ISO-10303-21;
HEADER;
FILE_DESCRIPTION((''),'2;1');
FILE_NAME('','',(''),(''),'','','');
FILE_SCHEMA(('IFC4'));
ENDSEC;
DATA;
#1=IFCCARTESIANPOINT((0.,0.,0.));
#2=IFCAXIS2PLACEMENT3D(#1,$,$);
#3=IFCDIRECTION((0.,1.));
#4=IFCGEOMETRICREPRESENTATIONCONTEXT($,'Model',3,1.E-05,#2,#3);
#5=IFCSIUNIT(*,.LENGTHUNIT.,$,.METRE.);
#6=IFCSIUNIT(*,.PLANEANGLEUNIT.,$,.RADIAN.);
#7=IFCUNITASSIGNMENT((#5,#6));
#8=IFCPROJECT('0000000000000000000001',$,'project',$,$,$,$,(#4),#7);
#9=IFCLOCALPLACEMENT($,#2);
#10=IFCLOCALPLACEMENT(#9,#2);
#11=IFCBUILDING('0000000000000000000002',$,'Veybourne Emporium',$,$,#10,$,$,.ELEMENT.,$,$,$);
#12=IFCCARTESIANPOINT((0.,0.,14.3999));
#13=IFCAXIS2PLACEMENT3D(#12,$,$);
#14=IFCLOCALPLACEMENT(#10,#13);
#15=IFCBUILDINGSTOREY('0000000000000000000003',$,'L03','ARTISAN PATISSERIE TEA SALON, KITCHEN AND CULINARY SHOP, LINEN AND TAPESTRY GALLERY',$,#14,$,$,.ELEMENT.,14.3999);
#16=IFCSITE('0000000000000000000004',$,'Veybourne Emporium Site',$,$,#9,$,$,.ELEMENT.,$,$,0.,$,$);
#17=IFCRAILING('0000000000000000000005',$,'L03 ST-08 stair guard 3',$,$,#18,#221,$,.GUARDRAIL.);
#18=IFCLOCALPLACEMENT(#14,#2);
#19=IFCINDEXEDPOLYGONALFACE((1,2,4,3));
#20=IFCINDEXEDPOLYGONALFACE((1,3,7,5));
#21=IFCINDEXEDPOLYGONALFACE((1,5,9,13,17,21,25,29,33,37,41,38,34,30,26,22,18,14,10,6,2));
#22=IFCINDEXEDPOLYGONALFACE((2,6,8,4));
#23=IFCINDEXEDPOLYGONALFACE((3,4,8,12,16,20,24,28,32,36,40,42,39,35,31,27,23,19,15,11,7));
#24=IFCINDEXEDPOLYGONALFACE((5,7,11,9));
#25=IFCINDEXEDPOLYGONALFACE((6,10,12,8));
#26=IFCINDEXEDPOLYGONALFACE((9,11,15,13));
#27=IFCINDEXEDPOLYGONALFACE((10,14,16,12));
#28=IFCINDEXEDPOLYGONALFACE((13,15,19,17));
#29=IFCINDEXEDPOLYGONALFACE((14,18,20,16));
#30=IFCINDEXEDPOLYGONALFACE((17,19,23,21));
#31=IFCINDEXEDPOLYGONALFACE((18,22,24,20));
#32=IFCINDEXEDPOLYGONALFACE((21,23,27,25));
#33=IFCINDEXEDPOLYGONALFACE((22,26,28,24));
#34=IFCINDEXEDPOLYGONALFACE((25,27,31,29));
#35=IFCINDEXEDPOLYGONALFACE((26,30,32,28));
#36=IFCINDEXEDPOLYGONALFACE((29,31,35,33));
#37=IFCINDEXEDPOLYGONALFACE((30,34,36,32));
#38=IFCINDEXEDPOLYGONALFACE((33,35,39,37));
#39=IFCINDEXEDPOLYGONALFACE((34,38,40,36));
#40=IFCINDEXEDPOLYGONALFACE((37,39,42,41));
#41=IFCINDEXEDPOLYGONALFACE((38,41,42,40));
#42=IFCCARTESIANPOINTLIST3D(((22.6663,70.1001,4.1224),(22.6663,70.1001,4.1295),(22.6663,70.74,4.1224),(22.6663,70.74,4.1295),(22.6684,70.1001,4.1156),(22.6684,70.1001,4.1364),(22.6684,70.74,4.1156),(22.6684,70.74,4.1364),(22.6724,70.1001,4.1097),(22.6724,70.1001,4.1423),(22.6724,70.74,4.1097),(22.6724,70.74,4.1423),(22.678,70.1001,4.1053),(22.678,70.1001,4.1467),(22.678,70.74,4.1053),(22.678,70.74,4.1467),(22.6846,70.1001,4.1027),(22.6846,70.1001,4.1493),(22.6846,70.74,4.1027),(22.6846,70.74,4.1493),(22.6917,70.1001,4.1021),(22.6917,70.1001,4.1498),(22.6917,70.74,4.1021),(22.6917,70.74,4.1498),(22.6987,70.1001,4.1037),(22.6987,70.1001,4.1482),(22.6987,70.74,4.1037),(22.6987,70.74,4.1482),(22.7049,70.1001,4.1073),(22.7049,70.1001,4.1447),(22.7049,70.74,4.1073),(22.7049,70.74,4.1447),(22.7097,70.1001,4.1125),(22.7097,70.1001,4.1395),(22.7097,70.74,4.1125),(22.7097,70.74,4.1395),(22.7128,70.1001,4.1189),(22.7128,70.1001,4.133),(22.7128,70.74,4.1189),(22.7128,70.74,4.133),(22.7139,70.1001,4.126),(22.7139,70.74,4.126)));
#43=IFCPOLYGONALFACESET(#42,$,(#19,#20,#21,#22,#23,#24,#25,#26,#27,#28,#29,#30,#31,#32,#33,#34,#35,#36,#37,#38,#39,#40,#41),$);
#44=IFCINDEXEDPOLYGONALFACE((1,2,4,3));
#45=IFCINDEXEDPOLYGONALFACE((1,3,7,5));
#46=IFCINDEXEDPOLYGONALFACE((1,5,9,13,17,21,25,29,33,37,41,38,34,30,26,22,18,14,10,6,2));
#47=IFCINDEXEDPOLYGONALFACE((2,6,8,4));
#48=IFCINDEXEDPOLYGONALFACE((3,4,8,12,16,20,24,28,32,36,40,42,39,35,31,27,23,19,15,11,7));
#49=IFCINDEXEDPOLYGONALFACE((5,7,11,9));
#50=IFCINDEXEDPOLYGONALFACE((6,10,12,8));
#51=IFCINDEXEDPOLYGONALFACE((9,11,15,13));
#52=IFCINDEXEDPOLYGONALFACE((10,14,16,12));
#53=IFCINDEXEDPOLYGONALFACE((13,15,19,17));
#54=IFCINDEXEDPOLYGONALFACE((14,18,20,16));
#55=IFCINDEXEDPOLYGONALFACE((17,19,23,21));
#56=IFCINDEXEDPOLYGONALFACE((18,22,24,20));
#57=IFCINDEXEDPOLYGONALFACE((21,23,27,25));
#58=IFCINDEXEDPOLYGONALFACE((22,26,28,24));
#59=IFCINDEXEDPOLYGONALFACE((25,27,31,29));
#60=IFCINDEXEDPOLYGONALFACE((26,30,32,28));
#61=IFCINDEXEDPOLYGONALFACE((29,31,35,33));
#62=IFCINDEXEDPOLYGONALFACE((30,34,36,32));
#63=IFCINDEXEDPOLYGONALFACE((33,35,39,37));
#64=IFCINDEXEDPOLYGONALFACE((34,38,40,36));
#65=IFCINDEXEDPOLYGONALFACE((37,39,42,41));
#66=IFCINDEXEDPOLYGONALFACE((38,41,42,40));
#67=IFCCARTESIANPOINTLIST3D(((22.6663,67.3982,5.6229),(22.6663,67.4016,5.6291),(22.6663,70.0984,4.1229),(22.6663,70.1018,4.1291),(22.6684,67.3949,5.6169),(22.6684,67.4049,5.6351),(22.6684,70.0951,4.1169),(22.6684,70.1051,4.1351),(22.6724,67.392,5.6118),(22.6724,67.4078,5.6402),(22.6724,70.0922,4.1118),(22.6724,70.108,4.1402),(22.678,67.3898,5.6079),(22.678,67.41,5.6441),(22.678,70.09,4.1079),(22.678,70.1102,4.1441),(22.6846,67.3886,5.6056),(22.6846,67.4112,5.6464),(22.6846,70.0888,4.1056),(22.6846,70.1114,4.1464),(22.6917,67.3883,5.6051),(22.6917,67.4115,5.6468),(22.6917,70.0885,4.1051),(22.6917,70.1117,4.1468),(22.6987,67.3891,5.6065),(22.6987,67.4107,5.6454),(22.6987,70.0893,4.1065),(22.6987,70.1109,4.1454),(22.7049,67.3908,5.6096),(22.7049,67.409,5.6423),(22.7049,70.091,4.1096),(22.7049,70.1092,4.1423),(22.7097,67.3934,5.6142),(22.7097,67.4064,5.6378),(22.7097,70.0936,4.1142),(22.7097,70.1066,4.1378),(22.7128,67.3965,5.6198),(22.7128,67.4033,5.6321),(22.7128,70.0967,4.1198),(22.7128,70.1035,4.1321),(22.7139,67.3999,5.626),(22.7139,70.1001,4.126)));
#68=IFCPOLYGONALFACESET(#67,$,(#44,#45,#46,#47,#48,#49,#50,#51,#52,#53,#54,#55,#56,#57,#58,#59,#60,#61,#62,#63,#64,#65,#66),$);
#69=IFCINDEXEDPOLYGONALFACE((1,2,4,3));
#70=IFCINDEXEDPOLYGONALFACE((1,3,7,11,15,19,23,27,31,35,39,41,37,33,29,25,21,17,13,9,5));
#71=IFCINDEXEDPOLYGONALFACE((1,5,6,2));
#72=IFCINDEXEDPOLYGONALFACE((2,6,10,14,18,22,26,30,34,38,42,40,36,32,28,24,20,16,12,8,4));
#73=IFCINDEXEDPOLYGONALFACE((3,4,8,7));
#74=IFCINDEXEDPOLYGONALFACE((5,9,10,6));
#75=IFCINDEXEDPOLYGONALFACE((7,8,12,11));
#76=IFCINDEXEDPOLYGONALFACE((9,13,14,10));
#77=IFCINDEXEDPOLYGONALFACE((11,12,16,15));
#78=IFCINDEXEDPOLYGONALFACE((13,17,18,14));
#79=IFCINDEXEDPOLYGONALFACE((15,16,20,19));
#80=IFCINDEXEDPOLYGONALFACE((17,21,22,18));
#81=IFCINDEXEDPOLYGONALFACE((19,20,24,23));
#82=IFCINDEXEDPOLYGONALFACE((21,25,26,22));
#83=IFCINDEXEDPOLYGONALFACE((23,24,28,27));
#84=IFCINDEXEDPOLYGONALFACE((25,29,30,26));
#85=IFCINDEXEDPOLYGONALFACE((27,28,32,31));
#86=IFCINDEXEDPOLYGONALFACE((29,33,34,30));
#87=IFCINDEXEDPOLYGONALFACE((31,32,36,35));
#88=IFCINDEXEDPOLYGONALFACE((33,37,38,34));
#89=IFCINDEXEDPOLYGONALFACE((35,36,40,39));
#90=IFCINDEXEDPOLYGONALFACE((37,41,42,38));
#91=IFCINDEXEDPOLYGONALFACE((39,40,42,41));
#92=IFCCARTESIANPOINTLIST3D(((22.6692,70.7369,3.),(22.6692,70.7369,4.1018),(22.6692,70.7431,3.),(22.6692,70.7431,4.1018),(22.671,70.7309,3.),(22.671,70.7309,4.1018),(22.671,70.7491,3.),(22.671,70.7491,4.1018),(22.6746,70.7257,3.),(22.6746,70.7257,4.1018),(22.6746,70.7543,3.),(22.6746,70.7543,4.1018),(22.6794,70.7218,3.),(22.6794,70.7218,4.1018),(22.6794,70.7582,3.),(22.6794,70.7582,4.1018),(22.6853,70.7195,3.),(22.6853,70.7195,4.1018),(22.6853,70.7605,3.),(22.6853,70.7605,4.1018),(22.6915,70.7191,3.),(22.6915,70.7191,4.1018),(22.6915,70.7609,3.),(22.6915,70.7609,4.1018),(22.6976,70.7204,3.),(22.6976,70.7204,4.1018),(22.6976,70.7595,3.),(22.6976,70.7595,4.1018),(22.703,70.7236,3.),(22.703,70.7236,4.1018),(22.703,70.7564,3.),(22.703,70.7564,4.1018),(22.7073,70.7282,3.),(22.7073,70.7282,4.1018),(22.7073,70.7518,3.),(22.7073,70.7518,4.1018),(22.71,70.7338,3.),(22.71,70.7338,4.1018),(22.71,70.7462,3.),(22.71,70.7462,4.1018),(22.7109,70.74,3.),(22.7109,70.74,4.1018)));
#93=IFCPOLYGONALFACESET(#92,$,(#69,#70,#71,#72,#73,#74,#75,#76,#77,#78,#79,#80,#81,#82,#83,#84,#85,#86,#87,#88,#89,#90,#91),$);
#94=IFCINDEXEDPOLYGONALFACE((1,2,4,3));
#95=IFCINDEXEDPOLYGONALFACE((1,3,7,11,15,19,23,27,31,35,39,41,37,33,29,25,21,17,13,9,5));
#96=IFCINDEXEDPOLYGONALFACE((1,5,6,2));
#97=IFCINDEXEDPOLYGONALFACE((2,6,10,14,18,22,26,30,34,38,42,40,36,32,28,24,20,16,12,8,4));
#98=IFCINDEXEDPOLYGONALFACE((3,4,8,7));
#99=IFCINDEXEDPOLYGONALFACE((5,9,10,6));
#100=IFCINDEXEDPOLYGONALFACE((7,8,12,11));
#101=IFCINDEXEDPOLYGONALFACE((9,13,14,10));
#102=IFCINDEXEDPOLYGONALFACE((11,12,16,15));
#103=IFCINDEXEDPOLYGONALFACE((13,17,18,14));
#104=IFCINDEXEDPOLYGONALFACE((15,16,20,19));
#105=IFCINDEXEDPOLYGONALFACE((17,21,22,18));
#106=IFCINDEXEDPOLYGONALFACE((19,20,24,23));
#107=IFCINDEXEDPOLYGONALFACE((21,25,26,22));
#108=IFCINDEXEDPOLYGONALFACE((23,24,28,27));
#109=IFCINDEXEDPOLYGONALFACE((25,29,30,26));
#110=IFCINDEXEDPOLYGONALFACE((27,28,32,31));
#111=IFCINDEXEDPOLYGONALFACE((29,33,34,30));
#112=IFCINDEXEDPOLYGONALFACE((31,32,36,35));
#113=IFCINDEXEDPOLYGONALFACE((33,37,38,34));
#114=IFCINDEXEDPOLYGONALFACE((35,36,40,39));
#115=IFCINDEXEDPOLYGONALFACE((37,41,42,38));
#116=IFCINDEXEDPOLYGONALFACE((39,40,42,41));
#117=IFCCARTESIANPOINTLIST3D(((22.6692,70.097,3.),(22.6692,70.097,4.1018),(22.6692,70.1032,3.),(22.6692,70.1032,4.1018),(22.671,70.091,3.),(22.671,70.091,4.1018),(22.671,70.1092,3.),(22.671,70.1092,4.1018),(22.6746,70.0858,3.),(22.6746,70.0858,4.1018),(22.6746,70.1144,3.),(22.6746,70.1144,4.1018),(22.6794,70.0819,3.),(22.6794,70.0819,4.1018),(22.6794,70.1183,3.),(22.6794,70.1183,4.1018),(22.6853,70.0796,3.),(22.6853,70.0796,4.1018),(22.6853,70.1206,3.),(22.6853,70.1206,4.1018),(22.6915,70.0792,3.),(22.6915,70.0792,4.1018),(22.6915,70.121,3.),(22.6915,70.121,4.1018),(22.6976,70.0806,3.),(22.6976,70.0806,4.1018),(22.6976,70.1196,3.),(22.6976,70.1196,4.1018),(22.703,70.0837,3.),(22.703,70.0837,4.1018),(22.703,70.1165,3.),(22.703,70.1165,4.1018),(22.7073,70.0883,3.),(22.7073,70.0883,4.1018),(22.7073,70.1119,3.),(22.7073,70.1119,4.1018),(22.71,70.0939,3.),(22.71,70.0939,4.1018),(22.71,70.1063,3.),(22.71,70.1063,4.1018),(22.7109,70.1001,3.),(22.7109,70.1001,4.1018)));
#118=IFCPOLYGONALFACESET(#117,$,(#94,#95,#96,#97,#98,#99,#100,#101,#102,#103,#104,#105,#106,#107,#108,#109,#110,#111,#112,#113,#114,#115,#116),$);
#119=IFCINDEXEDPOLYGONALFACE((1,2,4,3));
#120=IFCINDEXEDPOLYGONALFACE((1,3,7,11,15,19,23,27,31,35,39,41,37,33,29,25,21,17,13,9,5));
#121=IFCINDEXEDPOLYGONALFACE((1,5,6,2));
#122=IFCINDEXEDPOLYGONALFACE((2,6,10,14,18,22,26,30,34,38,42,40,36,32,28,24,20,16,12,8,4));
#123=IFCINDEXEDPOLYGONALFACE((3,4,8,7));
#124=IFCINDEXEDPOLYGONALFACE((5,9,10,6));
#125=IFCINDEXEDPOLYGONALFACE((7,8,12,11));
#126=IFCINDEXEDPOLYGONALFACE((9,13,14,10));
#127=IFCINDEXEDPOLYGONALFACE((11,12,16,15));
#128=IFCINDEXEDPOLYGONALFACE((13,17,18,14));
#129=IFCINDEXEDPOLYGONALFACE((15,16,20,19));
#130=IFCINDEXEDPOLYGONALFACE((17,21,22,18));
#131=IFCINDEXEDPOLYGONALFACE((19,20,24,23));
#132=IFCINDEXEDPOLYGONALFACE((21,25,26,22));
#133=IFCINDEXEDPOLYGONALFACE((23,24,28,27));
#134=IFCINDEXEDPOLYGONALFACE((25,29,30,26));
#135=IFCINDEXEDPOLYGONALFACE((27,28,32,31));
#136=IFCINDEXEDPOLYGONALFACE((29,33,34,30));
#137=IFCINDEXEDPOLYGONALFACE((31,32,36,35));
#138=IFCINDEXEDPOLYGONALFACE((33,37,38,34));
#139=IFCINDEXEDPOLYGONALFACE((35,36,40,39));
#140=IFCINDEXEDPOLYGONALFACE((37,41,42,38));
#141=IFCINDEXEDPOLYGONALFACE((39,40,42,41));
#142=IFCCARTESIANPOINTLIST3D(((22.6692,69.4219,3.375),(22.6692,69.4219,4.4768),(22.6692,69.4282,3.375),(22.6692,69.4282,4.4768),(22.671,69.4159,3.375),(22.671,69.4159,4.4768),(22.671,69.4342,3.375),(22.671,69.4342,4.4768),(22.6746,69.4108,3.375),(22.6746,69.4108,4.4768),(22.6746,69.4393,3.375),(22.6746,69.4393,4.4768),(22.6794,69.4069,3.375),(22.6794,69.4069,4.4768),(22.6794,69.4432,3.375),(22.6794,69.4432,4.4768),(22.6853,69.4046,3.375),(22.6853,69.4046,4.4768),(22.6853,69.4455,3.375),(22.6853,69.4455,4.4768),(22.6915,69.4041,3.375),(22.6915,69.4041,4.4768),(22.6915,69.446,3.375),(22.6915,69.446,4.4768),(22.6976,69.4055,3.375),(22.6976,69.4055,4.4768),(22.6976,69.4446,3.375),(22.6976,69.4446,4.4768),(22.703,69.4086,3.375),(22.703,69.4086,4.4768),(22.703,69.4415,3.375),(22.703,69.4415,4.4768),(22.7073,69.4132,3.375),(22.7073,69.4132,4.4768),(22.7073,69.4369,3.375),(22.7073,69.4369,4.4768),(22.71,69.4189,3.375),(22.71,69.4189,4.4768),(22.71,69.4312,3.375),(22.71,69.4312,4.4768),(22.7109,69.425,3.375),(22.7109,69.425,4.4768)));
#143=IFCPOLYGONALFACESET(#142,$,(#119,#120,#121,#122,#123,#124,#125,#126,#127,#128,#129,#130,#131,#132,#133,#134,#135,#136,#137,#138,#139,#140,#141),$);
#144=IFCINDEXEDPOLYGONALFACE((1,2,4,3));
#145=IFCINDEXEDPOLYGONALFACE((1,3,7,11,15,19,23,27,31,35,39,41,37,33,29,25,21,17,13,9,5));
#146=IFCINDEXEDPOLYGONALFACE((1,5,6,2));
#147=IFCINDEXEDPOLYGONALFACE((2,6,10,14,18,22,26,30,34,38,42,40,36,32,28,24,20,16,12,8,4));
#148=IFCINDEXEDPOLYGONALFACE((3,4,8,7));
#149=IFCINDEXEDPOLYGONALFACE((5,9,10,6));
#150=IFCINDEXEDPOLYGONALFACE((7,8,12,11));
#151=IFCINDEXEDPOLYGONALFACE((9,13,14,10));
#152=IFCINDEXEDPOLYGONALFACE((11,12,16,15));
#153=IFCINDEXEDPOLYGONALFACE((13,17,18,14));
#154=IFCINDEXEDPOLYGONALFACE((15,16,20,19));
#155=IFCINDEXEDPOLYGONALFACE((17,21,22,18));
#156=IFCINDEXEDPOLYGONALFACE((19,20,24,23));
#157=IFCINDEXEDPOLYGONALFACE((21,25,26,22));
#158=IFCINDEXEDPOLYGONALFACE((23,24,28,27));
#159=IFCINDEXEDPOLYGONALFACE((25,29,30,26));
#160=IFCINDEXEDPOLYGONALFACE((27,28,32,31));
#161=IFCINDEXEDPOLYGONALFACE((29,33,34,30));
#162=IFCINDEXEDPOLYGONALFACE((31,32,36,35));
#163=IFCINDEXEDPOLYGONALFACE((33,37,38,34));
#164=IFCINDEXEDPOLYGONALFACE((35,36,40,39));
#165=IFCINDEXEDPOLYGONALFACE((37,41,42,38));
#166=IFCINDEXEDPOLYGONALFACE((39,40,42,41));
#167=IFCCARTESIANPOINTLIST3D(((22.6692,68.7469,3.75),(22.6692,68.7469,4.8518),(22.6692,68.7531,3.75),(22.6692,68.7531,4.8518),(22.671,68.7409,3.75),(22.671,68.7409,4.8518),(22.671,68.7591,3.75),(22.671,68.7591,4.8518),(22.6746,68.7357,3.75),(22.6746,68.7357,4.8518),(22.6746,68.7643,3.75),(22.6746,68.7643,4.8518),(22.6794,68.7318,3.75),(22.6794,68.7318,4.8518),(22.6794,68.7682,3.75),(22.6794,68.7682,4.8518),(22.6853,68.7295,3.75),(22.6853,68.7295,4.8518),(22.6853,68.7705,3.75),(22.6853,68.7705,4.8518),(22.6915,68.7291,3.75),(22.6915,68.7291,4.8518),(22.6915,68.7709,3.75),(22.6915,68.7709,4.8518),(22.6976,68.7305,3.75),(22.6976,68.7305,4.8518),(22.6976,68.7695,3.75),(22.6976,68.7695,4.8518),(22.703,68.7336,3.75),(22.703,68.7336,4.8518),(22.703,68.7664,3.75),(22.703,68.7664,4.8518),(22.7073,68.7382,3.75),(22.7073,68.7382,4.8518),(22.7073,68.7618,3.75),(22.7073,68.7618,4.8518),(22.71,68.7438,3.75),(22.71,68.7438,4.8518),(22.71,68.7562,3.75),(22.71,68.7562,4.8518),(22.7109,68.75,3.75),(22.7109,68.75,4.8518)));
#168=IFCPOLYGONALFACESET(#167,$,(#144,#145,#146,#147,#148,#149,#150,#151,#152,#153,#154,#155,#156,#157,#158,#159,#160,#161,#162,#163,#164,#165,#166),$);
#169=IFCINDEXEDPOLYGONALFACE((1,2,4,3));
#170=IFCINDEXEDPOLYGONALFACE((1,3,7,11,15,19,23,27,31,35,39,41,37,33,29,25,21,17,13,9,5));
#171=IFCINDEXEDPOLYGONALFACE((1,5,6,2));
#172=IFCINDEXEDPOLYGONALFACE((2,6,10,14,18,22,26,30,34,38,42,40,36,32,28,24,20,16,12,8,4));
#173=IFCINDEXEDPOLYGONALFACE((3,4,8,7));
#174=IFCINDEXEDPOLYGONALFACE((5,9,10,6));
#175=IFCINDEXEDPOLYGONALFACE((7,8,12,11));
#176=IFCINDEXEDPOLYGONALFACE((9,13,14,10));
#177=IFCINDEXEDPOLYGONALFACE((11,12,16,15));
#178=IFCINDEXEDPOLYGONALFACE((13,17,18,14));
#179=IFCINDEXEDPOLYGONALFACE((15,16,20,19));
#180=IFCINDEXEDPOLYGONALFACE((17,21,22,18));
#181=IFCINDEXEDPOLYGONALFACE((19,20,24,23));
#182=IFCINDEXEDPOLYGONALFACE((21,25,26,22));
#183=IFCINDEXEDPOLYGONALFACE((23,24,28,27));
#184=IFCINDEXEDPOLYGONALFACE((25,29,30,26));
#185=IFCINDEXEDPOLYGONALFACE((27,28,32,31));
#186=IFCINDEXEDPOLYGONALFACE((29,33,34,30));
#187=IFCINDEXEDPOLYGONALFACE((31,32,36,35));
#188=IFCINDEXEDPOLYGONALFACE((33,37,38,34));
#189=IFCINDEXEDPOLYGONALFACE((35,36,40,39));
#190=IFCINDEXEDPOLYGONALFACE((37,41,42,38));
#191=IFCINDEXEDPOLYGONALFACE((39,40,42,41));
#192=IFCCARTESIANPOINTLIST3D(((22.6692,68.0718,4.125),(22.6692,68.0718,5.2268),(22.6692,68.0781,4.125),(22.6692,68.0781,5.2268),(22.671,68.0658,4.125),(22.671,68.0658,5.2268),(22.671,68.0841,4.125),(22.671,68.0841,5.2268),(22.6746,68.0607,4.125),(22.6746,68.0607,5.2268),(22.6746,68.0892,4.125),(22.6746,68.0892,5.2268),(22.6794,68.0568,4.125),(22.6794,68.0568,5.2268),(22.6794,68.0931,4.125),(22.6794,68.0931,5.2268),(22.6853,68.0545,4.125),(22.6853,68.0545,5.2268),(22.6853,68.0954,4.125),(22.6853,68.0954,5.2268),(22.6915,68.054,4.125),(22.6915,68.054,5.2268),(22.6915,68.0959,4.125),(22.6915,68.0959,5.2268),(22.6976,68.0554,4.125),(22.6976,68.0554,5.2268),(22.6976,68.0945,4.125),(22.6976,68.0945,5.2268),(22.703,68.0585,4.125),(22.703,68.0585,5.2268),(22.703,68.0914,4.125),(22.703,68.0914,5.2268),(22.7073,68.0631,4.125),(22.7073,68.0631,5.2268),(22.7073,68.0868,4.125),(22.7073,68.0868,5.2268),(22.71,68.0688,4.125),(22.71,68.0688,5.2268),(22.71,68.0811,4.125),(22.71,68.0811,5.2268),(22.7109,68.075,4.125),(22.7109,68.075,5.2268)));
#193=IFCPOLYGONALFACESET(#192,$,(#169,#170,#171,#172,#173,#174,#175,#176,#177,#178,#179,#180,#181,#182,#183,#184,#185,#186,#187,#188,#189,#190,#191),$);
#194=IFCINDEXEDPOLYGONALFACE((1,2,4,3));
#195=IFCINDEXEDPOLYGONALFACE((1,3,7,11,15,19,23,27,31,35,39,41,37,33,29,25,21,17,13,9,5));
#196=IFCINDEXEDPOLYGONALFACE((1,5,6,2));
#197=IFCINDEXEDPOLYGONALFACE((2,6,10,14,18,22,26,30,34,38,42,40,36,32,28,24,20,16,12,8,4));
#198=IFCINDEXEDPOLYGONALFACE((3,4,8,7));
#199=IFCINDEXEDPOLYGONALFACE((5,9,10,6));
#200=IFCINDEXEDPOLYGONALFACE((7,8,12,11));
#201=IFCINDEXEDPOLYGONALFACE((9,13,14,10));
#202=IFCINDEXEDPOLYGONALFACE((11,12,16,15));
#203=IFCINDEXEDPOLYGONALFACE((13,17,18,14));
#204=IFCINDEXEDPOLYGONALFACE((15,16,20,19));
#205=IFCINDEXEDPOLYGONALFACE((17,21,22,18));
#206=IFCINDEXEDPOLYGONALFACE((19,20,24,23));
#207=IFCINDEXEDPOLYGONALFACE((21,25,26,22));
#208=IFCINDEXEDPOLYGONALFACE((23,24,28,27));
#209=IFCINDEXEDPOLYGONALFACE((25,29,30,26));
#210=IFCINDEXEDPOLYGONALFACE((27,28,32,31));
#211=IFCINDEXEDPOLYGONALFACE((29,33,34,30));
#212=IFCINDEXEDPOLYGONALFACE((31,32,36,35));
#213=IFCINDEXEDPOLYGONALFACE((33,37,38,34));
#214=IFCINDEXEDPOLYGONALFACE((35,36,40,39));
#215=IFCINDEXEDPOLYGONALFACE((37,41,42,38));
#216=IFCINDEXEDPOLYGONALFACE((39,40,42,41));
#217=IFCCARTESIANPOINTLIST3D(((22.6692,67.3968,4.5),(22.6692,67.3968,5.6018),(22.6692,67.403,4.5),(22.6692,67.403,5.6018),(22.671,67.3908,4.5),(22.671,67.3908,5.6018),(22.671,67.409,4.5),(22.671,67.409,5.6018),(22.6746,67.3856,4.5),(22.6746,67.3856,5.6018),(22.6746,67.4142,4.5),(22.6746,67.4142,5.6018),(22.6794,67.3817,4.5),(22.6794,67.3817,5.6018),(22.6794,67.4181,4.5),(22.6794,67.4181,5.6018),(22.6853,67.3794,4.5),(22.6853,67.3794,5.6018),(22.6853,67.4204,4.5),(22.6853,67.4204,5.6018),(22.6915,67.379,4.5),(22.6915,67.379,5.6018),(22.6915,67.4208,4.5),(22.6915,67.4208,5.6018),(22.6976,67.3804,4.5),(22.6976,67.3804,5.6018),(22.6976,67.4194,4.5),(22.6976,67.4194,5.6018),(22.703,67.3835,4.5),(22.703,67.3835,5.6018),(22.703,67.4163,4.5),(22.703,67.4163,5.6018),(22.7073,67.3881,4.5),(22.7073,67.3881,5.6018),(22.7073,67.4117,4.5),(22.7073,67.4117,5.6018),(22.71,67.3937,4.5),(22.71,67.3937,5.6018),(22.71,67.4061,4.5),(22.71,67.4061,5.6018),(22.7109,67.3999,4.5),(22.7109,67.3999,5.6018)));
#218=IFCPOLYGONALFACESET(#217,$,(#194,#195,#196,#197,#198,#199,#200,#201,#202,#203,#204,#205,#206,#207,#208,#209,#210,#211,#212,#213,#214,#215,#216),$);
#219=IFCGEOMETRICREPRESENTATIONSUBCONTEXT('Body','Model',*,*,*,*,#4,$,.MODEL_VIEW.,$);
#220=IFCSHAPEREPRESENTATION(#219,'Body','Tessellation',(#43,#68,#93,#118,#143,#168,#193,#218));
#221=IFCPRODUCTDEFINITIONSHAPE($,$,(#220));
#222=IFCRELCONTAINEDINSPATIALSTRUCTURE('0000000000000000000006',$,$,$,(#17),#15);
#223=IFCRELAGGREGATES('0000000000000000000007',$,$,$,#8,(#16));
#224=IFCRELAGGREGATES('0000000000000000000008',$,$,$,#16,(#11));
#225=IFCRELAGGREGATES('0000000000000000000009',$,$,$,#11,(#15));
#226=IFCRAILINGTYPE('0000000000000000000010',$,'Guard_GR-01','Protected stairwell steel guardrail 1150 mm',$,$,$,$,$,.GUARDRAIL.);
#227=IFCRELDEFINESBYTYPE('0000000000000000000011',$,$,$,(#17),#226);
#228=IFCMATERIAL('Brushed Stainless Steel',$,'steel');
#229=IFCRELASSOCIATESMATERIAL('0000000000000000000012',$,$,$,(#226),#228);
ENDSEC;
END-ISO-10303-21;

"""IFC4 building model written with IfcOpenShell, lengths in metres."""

from ifc_helpers import new_model, si_unit, direction, frame, origin, origin_2d, place, context, subcontext, project, spatial, circle, extrude, material, type_object, element, save


model = new_model("IFC4")

# Units and contexts
model_context = context("Model", 3, precision=1e-05, world=origin(), true_north=direction((0.0, 1.0)))
body_context = subcontext(model_context, "Body", "Model", "MODEL_VIEW")
ifc_project = project(units=[si_unit("LENGTHUNIT", "METRE"), si_unit("PLANEANGLEUNIT", "RADIAN")], contexts=[model_context])

# Site, building, storey
site_placement = place(None, origin())
site = spatial("IfcSite", under=ifc_project, at=site_placement, Name="Veybourne Emporium Site", CompositionType="ELEMENT", RefElevation=0.0)
building_placement = place(site_placement, origin())
building = spatial("IfcBuilding", under=site, at=building_placement, Name="Veybourne Emporium", CompositionType="ELEMENT")
storey_placement = place(building_placement, frame((0.0, 0.0, 14.3999)))
storey = spatial("IfcBuildingStorey", under=building, at=storey_placement, Name="L03", Description="ARTISAN PATISSERIE TEA SALON, KITCHEN AND CULINARY SHOP, LINEN AND TAPESTRY GALLERY", CompositionType="ELEMENT", Elevation=14.3999)

# Railing
ifc_material_1 = material(Name="Brushed Stainless Steel", Category="steel")
railing_type_1 = type_object("IfcRailingType", Name="Guard_GR-01", Description="Protected stairwell steel guardrail 1150 mm", PredefinedType="GUARDRAIL", material=ifc_material_1)
railing_1_placement = place(storey_placement, frame((22.6899, 70.74, 3.0)))
element("IfcRailing", 1, at=railing_1_placement, inside=storey, type_object=railing_type_1, Name="L03 ST-08 stair guard 3", PredefinedType="GUARDRAIL", context=body_context, shape_type="SweptSolid", body=[
    extrude(circle(Radius=0.0239, at=origin_2d()), frame((0.0, 0.0, 1.126), z_axis=(0.0, -1.0, 0.0), x_axis=(1.0, 0.0, 0.0)), (0.0, 0.0, 1.0), 0.6399),
    extrude(circle(Radius=0.0239, at=origin_2d()), frame((0.0, -0.6399, 1.126), z_axis=(0.0, -0.874172, 0.485616), x_axis=(1.0, 0.0, 0.0)), (0.0, 0.0, 1.0), 3.0889),
    extrude(circle(Radius=0.021, at=origin_2d()), origin(), (0.0, 0.0, 1.0), 1.1018),
    extrude(circle(Radius=0.021, at=origin_2d()), frame((0.0, -0.6399, 0.0)), (0.0, 0.0, 1.0), 1.1018),
    extrude(circle(Radius=0.021, at=origin_2d()), frame((0.0, -1.3149, 0.375)), (0.0, 0.0, 1.0), 1.1018),
    extrude(circle(Radius=0.021, at=origin_2d()), frame((0.0, -1.99, 0.75)), (0.0, 0.0, 1.0), 1.1018),
    extrude(circle(Radius=0.021, at=origin_2d()), frame((0.0, -2.665, 1.125)), (0.0, 0.0, 1.0), 1.1018),
    extrude(circle(Radius=0.021, at=origin_2d()), frame((0.0, -3.3401, 1.5)), (0.0, 0.0, 1.0), 1.1018),
])

save(model, "model.ifc")
